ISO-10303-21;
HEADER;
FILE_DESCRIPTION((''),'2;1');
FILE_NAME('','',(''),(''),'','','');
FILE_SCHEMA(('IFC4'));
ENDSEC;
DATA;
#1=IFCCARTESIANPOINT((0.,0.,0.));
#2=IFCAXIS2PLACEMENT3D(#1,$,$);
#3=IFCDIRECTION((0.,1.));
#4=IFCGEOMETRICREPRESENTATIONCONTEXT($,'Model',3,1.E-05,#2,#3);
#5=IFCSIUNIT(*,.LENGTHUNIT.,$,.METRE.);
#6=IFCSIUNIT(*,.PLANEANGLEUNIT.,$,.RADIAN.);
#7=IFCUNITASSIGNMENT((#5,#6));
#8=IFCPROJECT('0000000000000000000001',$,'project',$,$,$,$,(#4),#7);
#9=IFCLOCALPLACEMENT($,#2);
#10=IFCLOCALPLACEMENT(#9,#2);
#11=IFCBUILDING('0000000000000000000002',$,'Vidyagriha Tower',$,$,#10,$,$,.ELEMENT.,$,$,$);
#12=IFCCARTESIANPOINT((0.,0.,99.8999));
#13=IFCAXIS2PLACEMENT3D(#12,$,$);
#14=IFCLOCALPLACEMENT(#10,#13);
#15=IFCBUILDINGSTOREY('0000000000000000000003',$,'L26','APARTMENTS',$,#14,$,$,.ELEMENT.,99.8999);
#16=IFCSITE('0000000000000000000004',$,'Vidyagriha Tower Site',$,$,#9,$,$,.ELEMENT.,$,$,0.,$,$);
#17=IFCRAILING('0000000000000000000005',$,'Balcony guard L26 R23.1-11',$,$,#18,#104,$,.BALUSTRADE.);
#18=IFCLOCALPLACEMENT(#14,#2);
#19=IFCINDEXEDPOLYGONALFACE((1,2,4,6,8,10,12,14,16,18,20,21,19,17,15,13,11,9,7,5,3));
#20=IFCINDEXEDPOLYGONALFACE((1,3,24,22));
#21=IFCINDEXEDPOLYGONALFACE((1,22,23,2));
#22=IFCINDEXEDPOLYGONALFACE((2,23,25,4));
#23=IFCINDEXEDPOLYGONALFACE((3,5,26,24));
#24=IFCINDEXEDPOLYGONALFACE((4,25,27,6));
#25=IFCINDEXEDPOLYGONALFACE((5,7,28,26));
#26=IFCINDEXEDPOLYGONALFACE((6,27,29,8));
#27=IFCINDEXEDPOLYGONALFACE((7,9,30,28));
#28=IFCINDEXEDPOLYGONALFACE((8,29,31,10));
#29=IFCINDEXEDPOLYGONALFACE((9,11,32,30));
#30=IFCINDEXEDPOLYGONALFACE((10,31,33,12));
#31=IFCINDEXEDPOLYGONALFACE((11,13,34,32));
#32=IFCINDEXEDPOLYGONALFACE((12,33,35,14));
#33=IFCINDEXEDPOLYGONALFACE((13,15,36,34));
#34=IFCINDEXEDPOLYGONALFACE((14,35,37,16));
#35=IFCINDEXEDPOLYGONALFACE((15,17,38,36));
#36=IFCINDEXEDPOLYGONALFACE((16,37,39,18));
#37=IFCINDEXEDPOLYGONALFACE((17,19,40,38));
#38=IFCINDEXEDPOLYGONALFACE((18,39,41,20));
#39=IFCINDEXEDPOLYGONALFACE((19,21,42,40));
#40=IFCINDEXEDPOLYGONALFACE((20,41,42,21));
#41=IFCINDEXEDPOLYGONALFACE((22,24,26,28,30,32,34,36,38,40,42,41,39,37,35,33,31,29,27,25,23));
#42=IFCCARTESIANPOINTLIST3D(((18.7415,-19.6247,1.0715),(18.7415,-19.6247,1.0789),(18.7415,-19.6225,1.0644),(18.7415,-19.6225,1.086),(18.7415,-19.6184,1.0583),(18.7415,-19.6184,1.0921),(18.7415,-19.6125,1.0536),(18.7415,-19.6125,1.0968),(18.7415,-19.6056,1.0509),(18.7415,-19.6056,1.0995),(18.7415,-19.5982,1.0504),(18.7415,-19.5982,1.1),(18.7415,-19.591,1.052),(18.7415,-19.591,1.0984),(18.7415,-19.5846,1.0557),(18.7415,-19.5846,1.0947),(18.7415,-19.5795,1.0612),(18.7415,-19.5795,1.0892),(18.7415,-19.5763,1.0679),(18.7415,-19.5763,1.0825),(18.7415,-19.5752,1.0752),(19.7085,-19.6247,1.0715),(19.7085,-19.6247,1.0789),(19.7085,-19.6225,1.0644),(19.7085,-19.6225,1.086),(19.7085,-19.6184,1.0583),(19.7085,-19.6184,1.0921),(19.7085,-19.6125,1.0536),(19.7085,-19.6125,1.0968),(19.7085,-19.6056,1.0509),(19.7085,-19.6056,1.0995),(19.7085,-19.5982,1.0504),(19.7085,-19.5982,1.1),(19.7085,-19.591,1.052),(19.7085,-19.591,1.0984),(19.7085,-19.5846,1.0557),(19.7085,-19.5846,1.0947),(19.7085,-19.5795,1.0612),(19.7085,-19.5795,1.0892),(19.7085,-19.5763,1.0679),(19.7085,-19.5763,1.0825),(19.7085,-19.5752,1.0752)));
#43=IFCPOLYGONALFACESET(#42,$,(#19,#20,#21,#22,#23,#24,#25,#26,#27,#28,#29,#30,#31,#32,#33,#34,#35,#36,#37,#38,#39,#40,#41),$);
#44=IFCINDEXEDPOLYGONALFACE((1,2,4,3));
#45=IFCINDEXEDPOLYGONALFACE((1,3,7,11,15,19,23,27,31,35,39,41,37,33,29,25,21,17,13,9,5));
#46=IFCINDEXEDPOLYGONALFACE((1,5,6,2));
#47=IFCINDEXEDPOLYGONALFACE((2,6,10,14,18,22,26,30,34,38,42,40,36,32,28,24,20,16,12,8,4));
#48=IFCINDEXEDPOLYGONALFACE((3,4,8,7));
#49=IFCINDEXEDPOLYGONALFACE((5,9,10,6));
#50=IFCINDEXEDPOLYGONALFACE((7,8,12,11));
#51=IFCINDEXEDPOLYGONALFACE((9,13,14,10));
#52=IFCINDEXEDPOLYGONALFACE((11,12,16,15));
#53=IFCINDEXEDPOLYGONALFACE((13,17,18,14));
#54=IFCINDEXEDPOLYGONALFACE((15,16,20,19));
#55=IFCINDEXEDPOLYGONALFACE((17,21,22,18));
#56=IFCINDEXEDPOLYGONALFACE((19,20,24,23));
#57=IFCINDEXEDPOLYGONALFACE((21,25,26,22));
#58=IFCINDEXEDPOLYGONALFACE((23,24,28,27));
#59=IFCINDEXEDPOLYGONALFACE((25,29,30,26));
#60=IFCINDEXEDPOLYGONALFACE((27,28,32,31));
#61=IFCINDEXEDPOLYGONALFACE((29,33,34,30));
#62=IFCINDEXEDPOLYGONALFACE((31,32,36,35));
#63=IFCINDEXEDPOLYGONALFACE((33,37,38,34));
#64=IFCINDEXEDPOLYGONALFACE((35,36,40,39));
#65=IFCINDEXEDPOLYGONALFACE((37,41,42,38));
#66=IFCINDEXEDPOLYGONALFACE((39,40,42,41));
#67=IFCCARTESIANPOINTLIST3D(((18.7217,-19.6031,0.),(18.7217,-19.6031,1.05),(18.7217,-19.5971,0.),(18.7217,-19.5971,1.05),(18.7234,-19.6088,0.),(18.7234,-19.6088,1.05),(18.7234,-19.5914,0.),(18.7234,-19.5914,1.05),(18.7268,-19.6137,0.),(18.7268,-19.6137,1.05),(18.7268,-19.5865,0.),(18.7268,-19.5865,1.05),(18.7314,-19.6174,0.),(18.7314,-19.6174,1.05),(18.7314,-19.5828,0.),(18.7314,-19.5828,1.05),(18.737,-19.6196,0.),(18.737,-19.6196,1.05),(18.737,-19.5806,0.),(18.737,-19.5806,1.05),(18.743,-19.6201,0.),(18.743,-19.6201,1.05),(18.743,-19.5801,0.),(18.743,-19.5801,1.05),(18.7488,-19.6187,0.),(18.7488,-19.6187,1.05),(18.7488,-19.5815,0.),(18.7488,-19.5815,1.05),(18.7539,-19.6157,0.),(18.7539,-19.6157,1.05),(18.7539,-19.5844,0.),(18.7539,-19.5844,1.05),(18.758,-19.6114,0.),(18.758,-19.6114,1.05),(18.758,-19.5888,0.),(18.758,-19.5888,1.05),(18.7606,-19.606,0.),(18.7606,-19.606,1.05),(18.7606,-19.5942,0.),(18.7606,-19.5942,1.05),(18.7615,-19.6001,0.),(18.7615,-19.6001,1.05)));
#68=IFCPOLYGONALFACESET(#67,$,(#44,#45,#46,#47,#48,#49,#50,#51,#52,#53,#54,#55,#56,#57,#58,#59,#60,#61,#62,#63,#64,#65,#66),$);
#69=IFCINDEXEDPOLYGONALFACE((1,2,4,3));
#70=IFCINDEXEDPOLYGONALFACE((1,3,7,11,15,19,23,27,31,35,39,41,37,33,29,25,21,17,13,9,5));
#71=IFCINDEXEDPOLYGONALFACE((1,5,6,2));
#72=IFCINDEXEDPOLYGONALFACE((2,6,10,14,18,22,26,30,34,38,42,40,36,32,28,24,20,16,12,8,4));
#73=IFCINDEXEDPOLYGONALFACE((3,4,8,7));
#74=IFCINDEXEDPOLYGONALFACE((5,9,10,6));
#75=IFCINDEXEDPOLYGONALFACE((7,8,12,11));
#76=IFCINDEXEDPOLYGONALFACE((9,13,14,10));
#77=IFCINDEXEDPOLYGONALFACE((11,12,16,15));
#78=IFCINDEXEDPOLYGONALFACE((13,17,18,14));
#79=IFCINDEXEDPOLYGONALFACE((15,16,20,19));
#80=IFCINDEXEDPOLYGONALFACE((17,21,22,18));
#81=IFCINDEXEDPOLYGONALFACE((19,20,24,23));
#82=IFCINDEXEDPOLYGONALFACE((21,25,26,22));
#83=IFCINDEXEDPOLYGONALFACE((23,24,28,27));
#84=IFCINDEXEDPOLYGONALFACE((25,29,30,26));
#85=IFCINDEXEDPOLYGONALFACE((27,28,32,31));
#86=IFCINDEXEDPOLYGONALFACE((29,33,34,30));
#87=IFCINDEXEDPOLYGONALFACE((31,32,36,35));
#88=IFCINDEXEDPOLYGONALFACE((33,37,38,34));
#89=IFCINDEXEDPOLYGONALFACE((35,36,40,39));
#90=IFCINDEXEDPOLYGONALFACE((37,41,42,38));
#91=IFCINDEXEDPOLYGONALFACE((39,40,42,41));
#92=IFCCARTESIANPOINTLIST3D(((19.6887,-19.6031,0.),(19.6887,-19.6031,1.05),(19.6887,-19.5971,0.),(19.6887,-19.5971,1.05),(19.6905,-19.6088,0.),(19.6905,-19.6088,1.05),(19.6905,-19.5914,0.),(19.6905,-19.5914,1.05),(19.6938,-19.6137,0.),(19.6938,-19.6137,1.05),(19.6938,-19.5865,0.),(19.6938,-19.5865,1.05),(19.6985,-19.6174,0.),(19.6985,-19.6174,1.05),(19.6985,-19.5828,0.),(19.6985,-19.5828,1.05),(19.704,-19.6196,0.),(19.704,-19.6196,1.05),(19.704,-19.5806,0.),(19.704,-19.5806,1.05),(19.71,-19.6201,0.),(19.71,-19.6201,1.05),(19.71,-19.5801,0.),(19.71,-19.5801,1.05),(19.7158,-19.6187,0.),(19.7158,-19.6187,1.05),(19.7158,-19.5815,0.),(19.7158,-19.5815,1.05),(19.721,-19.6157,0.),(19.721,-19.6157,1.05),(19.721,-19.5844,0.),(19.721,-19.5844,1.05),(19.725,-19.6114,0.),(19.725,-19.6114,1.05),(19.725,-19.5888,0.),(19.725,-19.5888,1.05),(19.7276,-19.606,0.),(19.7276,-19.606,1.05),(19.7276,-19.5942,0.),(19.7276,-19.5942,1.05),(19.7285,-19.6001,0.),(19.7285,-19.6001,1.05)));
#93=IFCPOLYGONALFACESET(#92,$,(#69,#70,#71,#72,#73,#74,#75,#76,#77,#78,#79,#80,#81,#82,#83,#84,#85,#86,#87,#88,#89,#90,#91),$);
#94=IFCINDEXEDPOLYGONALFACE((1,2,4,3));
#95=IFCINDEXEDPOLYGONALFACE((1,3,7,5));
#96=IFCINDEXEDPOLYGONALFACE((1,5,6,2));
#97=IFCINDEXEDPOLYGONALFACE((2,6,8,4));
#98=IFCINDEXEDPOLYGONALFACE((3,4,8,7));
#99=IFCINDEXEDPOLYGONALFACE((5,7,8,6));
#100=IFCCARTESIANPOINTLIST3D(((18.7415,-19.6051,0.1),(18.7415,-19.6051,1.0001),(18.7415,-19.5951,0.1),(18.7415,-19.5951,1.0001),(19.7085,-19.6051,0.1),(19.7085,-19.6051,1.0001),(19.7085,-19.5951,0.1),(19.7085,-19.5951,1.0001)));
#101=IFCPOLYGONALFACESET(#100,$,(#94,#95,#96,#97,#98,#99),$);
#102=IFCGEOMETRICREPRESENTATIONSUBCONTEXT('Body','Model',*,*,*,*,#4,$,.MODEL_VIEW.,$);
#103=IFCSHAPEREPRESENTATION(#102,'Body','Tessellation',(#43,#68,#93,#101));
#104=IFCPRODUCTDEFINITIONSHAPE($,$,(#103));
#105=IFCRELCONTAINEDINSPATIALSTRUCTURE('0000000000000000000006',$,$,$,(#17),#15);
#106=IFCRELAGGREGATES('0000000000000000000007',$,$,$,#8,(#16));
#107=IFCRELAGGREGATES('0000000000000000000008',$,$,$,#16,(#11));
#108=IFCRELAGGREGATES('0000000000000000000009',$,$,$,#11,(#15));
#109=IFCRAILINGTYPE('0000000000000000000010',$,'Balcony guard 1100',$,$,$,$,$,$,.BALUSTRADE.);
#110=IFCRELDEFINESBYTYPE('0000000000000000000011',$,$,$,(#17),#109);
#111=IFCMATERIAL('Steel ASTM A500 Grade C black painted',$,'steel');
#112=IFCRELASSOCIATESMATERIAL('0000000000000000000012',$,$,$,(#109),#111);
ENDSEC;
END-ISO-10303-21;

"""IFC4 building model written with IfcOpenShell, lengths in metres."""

from ifc_helpers import new_model, si_unit, direction, frame, origin, origin_2d, place, context, subcontext, project, spatial, rectangle, circle, extrude, material, type_object, element, save


model = new_model("IFC4")

# Units and contexts
model_context = context("Model", 3, precision=1e-05, world=origin(), true_north=direction((0.0, 1.0)))
body_context = subcontext(model_context, "Body", "Model", "MODEL_VIEW")
ifc_project = project(units=[si_unit("LENGTHUNIT", "METRE"), si_unit("PLANEANGLEUNIT", "RADIAN")], contexts=[model_context])

# Site, building, storey
site_placement = place(None, origin())
site = spatial("IfcSite", under=ifc_project, at=site_placement, Name="Vidyagriha Tower Site", CompositionType="ELEMENT", RefElevation=0.0)
building_placement = place(site_placement, origin())
building = spatial("IfcBuilding", under=site, at=building_placement, Name="Vidyagriha Tower", CompositionType="ELEMENT")
storey_placement = place(building_placement, frame((0.0, 0.0, 99.8999)))
storey = spatial("IfcBuildingStorey", under=building, at=storey_placement, Name="L26", Description="APARTMENTS", CompositionType="ELEMENT", Elevation=99.8999)

# Railing
ifc_material_1 = material(Name="Steel ASTM A500 Grade C black painted", Category="steel")
railing_type = type_object("IfcRailingType", Name="Balcony guard 1100", PredefinedType="BALUSTRADE", material=ifc_material_1)
railing_1_placement = place(storey_placement, frame((18.7415, -19.6001, 0.0)))
element("IfcRailing", 1, at=railing_1_placement, inside=storey, type_object=railing_type, Name="Balcony guard L26 R23.1-11", PredefinedType="BALUSTRADE", context=body_context, shape_type="SweptSolid", body=[
    extrude(circle(Radius=0.0249, at=origin_2d()), frame((0.0, 0.0, 1.0752), z_axis=(1.0, 0.0, 0.0), x_axis=(0.0, 1.0, 0.0)), (0.0, 0.0, 1.0), 0.967),
    extrude(circle(Radius=0.02, at=origin_2d()), origin(), (0.0, 0.0, 1.0), 1.05),
    extrude(circle(Radius=0.02, at=origin_2d()), frame((0.967, 0.0, 0.0)), (0.0, 0.0, 1.0), 1.05),
    extrude(rectangle(XDim=0.01, YDim=0.9001, at=origin_2d()), frame((0.0, 0.0, 0.55), z_axis=(1.0, 0.0, 0.0), x_axis=(0.0, 1.0, 0.0)), (0.0, 0.0, 1.0), 0.967),
])

save(model, "model.ifc")
